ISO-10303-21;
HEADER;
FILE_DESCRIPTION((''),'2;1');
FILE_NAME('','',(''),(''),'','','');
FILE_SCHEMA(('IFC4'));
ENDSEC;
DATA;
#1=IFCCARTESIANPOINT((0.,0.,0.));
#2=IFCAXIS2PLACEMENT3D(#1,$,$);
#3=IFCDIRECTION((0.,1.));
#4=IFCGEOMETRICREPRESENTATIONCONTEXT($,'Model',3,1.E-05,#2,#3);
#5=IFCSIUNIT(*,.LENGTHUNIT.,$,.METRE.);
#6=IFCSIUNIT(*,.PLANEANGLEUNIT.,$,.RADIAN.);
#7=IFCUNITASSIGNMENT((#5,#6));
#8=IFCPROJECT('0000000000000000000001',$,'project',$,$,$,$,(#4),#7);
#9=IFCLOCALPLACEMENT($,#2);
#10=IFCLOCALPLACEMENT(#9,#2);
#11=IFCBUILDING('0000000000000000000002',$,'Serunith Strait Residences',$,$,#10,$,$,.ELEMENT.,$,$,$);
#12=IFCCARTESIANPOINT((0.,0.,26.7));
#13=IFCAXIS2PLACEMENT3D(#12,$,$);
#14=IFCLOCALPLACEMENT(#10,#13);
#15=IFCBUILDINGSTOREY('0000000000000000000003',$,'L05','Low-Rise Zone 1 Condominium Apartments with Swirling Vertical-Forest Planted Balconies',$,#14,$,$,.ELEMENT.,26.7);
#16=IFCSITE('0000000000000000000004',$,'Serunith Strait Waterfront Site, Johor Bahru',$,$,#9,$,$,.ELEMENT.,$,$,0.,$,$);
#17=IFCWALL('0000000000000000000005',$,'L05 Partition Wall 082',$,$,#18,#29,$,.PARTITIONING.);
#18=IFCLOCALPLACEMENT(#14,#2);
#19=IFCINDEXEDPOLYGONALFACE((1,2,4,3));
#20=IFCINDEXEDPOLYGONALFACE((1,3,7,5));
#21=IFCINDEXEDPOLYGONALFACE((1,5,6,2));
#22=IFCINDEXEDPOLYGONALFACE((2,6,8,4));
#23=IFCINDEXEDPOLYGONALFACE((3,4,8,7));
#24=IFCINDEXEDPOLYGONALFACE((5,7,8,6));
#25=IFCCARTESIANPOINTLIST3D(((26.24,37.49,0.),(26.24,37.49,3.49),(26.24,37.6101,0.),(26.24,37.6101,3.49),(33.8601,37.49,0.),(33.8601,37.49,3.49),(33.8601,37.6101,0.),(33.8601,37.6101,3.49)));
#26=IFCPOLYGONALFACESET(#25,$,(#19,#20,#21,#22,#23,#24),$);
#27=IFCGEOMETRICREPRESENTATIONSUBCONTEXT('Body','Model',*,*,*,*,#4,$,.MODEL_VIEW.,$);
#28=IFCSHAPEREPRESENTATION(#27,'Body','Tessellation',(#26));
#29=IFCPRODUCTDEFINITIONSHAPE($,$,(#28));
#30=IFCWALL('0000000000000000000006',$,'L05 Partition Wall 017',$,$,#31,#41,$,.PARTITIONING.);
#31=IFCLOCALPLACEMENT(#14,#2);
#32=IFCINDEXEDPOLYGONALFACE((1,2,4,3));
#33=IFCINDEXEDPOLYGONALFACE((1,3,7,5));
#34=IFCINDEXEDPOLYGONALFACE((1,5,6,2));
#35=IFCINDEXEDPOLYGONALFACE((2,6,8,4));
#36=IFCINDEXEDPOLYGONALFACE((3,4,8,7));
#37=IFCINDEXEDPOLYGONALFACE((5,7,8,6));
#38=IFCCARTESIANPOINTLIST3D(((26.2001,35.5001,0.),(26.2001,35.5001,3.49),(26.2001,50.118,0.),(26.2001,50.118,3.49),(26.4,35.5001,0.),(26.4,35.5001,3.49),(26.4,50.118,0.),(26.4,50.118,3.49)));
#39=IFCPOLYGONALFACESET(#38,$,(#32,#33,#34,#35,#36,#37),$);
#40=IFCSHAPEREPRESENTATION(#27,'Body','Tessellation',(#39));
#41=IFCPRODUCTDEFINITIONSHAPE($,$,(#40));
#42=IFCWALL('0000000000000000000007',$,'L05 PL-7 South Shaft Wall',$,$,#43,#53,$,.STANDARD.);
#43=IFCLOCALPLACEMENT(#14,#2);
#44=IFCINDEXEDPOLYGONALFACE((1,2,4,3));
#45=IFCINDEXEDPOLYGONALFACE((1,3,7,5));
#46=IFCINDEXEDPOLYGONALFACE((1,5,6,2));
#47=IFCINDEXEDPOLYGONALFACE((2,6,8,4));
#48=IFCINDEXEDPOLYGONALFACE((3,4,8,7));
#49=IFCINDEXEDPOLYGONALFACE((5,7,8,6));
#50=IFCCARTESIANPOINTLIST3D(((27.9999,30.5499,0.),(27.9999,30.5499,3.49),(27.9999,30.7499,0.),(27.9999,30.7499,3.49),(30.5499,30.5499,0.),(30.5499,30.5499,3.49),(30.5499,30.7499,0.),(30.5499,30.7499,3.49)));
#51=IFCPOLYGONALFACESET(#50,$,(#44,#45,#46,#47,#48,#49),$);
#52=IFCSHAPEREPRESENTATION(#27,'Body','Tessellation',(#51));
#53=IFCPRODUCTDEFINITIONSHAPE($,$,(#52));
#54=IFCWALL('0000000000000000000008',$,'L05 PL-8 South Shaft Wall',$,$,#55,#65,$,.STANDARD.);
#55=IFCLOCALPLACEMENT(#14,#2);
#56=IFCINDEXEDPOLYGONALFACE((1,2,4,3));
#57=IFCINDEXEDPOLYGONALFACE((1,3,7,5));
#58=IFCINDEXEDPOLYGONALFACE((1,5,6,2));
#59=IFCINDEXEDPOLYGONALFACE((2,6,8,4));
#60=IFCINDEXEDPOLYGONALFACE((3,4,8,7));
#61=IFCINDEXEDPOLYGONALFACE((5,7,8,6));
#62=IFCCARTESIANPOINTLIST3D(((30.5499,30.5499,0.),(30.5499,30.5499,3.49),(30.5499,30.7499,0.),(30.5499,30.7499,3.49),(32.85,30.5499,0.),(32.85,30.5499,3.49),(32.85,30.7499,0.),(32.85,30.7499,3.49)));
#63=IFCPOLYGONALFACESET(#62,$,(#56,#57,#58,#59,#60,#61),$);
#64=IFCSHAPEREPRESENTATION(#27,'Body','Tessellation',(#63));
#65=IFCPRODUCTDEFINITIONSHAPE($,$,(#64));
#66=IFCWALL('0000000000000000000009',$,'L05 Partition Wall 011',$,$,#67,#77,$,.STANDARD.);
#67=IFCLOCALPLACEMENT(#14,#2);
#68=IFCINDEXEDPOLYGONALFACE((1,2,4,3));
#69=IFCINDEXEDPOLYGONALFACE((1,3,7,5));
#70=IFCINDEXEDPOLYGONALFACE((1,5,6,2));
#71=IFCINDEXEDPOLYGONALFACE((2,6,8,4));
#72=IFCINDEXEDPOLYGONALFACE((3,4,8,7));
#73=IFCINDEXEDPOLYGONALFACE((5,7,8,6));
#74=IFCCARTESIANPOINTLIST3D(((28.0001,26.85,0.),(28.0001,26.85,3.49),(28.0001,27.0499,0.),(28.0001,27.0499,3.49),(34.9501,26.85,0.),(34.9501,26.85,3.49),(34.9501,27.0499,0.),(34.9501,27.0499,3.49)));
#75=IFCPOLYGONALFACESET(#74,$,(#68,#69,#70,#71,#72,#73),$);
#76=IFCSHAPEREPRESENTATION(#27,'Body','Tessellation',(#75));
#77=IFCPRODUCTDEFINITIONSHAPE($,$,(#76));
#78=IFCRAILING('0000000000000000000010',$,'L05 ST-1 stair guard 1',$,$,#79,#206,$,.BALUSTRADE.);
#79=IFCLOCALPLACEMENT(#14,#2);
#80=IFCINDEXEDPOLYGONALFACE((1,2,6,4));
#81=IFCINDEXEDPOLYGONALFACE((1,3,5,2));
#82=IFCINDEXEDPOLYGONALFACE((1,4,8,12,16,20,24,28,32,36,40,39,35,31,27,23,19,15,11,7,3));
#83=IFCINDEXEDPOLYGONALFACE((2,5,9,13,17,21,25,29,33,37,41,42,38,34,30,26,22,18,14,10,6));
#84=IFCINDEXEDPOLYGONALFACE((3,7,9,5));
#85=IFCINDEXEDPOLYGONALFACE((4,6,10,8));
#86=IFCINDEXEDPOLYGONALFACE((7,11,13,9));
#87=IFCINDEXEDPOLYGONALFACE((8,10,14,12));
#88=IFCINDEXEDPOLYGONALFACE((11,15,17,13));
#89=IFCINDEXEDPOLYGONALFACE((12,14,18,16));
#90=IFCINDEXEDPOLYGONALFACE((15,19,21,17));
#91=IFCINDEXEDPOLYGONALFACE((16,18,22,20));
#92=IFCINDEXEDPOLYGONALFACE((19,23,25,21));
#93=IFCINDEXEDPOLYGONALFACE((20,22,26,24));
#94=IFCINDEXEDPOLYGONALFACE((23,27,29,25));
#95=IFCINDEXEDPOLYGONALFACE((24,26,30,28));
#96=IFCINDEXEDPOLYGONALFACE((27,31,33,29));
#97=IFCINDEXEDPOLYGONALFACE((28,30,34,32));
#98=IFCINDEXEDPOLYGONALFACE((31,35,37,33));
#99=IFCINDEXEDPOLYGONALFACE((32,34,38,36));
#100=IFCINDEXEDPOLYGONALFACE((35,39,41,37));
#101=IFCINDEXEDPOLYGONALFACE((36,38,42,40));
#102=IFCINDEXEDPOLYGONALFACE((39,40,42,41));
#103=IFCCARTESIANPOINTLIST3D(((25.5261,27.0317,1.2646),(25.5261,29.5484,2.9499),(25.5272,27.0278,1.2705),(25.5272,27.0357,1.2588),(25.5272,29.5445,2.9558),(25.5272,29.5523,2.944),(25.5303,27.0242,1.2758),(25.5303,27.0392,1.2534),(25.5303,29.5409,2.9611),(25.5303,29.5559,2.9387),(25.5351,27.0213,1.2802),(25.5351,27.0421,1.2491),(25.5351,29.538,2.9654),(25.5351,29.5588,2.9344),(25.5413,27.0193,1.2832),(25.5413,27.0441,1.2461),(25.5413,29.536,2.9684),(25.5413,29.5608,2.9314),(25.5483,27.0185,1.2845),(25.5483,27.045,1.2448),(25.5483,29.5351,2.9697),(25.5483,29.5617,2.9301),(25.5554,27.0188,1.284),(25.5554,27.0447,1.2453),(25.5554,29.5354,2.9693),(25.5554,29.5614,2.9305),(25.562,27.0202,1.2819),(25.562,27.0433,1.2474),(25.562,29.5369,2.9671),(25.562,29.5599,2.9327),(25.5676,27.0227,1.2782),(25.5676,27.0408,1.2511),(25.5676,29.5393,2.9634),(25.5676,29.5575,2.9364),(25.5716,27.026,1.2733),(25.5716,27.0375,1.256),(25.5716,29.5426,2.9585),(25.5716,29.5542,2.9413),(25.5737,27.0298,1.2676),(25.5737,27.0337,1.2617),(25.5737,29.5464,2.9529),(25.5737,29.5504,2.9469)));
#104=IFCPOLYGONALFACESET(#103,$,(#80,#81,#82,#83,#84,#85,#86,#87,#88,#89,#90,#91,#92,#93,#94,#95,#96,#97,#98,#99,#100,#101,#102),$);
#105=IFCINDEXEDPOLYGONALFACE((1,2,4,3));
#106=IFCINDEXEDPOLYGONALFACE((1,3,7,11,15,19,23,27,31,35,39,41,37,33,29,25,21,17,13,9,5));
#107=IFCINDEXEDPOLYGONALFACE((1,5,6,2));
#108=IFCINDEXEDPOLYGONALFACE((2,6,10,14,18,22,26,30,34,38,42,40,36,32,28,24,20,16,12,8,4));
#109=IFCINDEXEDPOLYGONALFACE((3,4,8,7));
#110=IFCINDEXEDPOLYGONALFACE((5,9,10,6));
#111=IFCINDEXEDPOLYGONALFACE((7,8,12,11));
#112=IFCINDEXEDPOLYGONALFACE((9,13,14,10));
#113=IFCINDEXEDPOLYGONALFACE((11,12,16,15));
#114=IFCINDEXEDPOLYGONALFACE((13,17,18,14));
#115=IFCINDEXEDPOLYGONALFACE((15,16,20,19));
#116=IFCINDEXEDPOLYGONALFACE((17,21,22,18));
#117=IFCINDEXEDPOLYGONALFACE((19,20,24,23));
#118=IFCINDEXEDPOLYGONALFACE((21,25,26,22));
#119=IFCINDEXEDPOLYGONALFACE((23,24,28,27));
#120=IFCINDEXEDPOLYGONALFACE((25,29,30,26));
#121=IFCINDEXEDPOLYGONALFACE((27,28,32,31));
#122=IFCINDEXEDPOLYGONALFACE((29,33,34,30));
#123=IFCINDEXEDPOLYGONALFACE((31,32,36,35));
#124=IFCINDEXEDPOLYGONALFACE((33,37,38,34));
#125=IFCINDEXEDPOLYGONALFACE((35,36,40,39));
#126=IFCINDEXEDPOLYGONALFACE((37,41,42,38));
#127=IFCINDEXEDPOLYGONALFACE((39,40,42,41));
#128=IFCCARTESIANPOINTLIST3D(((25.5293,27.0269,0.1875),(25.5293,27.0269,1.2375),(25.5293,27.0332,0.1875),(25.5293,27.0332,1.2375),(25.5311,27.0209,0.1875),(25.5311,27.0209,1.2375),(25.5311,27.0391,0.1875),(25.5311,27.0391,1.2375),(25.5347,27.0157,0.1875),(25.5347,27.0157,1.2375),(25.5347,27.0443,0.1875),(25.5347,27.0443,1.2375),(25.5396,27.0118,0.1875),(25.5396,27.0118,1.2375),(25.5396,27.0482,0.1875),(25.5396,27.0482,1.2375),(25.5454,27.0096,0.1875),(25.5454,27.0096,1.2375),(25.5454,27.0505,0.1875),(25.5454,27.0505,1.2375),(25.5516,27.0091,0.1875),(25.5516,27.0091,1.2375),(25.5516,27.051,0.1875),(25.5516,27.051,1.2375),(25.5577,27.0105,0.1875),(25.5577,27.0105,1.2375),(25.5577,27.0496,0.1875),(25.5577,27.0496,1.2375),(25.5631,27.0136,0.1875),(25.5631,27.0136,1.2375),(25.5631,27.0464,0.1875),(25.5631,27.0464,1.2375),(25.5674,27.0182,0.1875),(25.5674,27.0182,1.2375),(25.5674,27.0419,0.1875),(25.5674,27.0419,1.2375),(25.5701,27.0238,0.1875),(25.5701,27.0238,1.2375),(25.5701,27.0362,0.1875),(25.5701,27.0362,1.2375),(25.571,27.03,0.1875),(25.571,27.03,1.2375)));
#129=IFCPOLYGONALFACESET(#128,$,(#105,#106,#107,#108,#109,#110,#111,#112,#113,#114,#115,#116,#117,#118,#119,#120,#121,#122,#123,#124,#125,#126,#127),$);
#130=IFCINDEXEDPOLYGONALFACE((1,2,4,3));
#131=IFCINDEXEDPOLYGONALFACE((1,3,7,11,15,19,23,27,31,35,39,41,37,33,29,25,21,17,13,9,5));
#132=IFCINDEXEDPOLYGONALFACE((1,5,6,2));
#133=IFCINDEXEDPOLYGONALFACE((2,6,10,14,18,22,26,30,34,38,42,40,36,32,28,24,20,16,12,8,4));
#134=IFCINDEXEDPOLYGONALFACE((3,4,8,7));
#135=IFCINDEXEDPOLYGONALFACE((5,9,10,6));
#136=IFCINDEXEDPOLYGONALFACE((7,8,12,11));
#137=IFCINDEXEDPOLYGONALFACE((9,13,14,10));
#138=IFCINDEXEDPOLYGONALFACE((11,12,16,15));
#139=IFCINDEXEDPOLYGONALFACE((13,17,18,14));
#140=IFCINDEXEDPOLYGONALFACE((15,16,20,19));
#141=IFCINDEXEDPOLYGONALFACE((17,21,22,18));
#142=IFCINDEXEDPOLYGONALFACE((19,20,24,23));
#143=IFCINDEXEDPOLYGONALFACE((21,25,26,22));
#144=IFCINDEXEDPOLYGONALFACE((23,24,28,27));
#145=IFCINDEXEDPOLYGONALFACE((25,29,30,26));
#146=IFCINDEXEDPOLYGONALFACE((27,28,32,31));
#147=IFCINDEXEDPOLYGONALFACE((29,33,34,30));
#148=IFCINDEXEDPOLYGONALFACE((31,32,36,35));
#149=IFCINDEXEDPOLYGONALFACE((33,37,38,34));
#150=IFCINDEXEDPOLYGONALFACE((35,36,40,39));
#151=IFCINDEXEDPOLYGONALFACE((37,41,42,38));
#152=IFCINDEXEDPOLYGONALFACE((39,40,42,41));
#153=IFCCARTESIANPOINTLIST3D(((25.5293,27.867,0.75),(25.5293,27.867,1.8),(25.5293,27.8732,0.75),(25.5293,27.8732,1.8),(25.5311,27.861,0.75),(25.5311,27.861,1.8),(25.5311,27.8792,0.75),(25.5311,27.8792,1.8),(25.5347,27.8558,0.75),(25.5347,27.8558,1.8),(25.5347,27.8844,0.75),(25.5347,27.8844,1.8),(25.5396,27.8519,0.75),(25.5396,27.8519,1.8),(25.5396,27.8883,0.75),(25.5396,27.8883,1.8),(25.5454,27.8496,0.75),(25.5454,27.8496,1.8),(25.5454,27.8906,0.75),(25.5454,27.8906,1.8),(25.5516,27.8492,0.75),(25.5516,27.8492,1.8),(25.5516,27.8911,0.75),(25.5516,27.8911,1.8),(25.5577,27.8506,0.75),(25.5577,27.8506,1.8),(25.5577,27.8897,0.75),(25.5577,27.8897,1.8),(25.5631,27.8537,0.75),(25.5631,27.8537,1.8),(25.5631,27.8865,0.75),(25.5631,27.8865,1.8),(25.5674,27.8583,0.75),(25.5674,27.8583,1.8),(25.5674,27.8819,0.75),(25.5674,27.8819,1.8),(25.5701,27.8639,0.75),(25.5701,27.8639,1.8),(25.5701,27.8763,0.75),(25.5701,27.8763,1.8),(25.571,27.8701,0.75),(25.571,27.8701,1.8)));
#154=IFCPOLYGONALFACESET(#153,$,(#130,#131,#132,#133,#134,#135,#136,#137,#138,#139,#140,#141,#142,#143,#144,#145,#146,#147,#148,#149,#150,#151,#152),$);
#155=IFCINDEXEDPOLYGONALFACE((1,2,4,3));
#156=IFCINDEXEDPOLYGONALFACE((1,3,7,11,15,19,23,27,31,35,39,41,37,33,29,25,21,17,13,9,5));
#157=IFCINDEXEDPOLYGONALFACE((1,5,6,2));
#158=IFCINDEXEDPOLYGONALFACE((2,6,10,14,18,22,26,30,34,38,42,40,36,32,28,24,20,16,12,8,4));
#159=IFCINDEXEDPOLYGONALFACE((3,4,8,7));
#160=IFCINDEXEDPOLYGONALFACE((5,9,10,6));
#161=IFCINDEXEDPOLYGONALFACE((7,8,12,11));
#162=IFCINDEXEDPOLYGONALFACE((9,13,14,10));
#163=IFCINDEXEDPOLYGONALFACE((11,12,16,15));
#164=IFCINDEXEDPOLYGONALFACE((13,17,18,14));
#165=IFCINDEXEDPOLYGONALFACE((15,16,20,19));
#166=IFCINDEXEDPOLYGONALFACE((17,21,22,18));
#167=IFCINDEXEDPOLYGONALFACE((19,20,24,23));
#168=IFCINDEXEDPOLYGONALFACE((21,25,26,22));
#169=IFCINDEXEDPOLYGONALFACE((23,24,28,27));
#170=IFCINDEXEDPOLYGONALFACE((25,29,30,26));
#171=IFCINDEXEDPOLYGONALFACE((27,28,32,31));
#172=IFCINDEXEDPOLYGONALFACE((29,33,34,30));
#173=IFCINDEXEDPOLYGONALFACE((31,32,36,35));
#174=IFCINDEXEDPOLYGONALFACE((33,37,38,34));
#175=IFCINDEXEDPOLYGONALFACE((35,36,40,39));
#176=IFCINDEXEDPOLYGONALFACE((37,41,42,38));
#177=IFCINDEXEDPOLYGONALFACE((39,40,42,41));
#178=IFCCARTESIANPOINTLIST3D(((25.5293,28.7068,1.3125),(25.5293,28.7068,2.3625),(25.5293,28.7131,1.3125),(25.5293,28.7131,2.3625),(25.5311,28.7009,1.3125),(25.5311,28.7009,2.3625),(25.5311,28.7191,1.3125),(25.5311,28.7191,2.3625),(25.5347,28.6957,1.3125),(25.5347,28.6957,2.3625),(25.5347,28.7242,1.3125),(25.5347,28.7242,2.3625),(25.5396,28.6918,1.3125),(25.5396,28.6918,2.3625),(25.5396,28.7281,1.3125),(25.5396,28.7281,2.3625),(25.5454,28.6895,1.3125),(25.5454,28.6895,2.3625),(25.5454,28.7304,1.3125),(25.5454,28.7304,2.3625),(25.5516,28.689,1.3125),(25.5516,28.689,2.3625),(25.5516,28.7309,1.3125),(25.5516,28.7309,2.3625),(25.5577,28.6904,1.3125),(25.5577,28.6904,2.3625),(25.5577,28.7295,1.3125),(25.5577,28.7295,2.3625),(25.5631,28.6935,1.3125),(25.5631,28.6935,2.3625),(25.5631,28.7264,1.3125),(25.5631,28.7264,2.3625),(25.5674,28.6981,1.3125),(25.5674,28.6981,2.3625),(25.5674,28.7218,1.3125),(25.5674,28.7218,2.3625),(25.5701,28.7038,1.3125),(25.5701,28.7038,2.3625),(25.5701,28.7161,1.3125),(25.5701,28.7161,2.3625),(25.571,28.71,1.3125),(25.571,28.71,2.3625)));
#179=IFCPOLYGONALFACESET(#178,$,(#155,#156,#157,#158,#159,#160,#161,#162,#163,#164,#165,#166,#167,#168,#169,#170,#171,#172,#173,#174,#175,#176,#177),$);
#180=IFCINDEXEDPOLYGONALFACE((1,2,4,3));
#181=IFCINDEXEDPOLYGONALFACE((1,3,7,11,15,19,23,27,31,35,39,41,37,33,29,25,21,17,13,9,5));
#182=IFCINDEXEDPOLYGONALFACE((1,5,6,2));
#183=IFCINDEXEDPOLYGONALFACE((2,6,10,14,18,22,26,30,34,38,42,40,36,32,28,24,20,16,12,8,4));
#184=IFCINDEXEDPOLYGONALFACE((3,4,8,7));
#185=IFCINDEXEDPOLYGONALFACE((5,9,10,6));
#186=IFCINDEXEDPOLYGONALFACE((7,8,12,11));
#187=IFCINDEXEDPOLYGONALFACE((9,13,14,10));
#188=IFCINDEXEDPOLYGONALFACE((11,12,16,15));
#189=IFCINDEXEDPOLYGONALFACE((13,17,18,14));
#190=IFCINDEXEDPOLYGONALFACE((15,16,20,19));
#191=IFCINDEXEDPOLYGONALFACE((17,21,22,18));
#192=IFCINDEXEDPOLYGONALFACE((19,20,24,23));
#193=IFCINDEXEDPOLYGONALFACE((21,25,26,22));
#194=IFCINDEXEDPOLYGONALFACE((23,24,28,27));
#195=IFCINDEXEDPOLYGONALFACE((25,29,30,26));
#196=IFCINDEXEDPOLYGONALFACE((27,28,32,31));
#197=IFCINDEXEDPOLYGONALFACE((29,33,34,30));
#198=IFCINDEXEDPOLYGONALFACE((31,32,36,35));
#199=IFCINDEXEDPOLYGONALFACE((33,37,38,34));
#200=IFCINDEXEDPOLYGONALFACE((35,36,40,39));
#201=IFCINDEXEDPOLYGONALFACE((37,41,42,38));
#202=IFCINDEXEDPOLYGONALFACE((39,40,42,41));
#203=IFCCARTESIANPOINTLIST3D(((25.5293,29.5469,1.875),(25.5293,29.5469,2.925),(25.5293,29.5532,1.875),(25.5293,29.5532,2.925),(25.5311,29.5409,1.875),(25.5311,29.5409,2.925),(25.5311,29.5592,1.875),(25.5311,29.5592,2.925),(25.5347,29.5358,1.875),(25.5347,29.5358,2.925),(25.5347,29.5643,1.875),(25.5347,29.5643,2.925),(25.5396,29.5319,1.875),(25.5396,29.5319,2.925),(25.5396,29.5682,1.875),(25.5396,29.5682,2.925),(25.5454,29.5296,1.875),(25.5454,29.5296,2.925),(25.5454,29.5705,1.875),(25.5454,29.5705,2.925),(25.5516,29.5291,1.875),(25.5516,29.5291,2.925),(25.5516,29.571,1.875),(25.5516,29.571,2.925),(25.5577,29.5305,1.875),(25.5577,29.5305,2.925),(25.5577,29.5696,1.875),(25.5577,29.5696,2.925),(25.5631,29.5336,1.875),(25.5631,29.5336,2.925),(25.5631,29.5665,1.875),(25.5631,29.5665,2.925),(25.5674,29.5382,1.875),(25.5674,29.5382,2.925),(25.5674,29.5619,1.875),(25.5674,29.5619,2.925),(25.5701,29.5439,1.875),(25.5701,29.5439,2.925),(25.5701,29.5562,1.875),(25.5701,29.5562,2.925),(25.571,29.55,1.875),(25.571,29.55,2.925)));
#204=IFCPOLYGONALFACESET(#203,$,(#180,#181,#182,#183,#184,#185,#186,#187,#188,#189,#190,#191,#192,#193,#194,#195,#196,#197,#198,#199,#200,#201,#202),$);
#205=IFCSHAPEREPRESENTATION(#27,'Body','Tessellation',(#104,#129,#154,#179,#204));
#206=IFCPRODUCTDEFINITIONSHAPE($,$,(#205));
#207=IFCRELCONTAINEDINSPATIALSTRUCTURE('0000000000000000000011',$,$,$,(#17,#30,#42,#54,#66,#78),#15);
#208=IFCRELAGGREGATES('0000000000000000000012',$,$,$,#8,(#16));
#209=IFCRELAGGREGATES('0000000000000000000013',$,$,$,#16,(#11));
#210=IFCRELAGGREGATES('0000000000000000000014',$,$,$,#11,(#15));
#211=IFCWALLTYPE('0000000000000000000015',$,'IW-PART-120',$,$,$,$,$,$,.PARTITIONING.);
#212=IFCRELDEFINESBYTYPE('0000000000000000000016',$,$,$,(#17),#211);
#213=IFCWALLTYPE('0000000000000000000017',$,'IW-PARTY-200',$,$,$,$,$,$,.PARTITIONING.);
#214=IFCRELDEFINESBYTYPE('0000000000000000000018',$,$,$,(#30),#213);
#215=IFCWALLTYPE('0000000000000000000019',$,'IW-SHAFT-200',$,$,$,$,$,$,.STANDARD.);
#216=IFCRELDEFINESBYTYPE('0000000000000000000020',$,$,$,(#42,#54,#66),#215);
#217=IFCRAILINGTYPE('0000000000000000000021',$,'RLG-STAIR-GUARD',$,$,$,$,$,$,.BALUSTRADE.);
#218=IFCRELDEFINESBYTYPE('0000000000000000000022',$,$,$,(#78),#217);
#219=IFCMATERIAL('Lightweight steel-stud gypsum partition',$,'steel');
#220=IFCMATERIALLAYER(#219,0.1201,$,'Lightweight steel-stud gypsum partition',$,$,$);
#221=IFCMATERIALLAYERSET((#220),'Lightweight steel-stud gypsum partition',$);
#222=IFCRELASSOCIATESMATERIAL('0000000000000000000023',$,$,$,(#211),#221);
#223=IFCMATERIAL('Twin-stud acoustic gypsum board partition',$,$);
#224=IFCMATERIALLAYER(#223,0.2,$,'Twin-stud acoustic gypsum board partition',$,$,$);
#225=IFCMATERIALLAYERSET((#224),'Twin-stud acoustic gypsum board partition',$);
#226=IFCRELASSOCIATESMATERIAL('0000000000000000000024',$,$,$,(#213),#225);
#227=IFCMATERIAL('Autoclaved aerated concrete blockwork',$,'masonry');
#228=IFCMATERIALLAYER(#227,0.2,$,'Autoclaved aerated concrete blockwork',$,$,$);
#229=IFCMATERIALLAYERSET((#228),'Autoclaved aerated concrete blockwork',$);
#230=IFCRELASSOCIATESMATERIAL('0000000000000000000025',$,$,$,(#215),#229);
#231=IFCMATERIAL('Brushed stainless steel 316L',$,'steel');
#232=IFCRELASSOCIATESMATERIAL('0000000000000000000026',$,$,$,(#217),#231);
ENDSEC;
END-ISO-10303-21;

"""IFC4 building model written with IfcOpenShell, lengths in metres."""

from ifc_helpers import new_model, si_unit, direction, frame, frame_2d, origin, origin_2d, place, context, subcontext, project, spatial, rectangle, circle, extrude, material, layer, layer_set, type_object, element, save


model = new_model("IFC4")

# Units and contexts
model_context = context("Model", 3, precision=1e-05, world=origin(), true_north=direction((0.0, 1.0)))
body_context = subcontext(model_context, "Body", "Model", "MODEL_VIEW")
ifc_project = project(units=[si_unit("LENGTHUNIT", "METRE"), si_unit("PLANEANGLEUNIT", "RADIAN")], contexts=[model_context])

# Site, building, storey
site_placement = place(None, origin())
site = spatial("IfcSite", under=ifc_project, at=site_placement, Name="Serunith Strait Waterfront Site, Johor Bahru", CompositionType="ELEMENT", RefElevation=0.0)
building_placement = place(site_placement, origin())
building = spatial("IfcBuilding", under=site, at=building_placement, Name="Serunith Strait Residences", CompositionType="ELEMENT")
storey_placement = place(building_placement, frame((0.0, 0.0, 26.7)))
storey = spatial("IfcBuildingStorey", under=building, at=storey_placement, Name="L05", Description="Low-Rise Zone 1 Condominium Apartments with Swirling Vertical-Forest Planted Balconies", CompositionType="ELEMENT", Elevation=26.7)

# Walls
ifc_material_1 = material(Name="Lightweight steel-stud gypsum partition", Category="steel")
ifc_layer_1 = layer(ifc_material_1, 0.1201, Name="Lightweight steel-stud gypsum partition")
ifc_layer_set_1 = layer_set([ifc_layer_1], Name="Lightweight steel-stud gypsum partition")
wall_type_1 = type_object("IfcWallType", Name="IW-PART-120", PredefinedType="PARTITIONING", material=ifc_layer_set_1)
wall_1_placement = place(storey_placement, frame((26.24, 37.55, 0.0), z_axis=(0.0, 0.0, 1.0), x_axis=(1.0, 0.0, 0.0)))
element("IfcWall", 1, at=wall_1_placement, inside=storey, type_object=wall_type_1, Name="L05 Partition Wall 082", PredefinedType="PARTITIONING", context=body_context, shape_type="SweptSolid", body=[
    extrude(rectangle(XDim=7.6201, YDim=0.1201, at=frame_2d((3.8101, 0.0))), origin(), (0.0, 0.0, 1.0), 3.49),
])
ifc_material_2 = material(Name="Twin-stud acoustic gypsum board partition")
ifc_layer_2 = layer(ifc_material_2, 0.2, Name="Twin-stud acoustic gypsum board partition")
ifc_layer_set_2 = layer_set([ifc_layer_2], Name="Twin-stud acoustic gypsum board partition")
wall_type_2 = type_object("IfcWallType", Name="IW-PARTY-200", PredefinedType="PARTITIONING", material=ifc_layer_set_2)
wall_2_placement = place(storey_placement, frame((26.3, 35.5, 0.0), z_axis=(0.0, 0.0, 1.0), x_axis=(0.0, 1.0, 0.0)))
element("IfcWall", 2, at=wall_2_placement, inside=storey, type_object=wall_type_2, Name="L05 Partition Wall 017", PredefinedType="PARTITIONING", context=body_context, shape_type="SweptSolid", body=[
    extrude(rectangle(XDim=14.6179, YDim=0.2, at=frame_2d((7.3091, 0.0))), origin(), (0.0, 0.0, 1.0), 3.49),
])
ifc_material_3 = material(Name="Autoclaved aerated concrete blockwork", Category="masonry")
ifc_layer_3 = layer(ifc_material_3, 0.2, Name="Autoclaved aerated concrete blockwork")
ifc_layer_set_3 = layer_set([ifc_layer_3], Name="Autoclaved aerated concrete blockwork")
wall_type_3 = type_object("IfcWallType", Name="IW-SHAFT-200", PredefinedType="STANDARD", material=ifc_layer_set_3)
wall_3_placement = place(storey_placement, frame((28.0, 30.6499, 0.0), z_axis=(0.0, 0.0, 1.0), x_axis=(1.0, 0.0, 0.0)))
element("IfcWall", 3, at=wall_3_placement, inside=storey, type_object=wall_type_3, Name="L05 PL-7 South Shaft Wall", PredefinedType="STANDARD", context=body_context, shape_type="SweptSolid", body=[
    extrude(rectangle(XDim=2.55, YDim=0.2, at=frame_2d((1.2749, 0.0))), origin(), (0.0, 0.0, 1.0), 3.49),
])
wall_4_placement = place(storey_placement, frame((30.55, 30.6499, 0.0), z_axis=(0.0, 0.0, 1.0), x_axis=(1.0, 0.0, 0.0)))
element("IfcWall", 4, at=wall_4_placement, inside=storey, type_object=wall_type_3, Name="L05 PL-8 South Shaft Wall", PredefinedType="STANDARD", context=body_context, shape_type="SweptSolid", body=[
    extrude(rectangle(XDim=2.3, YDim=0.2, at=frame_2d((1.1499, 0.0))), origin(), (0.0, 0.0, 1.0), 3.49),
])
wall_5_placement = place(storey_placement, frame((28.0, 26.95, 0.0), z_axis=(0.0, 0.0, 1.0), x_axis=(1.0, 0.0, 0.0)))
element("IfcWall", 5, at=wall_5_placement, inside=storey, type_object=wall_type_3, Name="L05 Partition Wall 011", PredefinedType="STANDARD", context=body_context, shape_type="SweptSolid", body=[
    extrude(rectangle(XDim=6.95, YDim=0.2, at=frame_2d((3.4751, 0.0))), origin(), (0.0, 0.0, 1.0), 3.49),
])

# Railing
ifc_material_4 = material(Name="Brushed stainless steel 316L", Category="steel")
railing_type_1 = type_object("IfcRailingType", Name="RLG-STAIR-GUARD", PredefinedType="BALUSTRADE", material=ifc_material_4)
railing_1_placement = place(storey_placement, frame((25.55, 27.03, 0.1875)))
element("IfcRailing", 6, at=railing_1_placement, inside=storey, type_object=railing_type_1, Name="L05 ST-1 stair guard 1", PredefinedType="BALUSTRADE", context=body_context, shape_type="SweptSolid", body=[
    extrude(circle(Radius=0.0239, at=origin_2d()), frame((0.0, 0.0017, 1.0771), z_axis=(0.0, 0.830909, 0.556408), x_axis=(-1.0, 0.0, 0.0)), (0.0, 0.0, 1.0), 3.0288),
    extrude(circle(Radius=0.021, at=origin_2d()), origin(), (0.0, 0.0, 1.0), 1.05),
    extrude(circle(Radius=0.021, at=origin_2d()), frame((0.0, 0.8401, 0.5625)), (0.0, 0.0, 1.0), 1.05),
    extrude(circle(Radius=0.021, at=origin_2d()), frame((0.0, 1.6799, 1.125)), (0.0, 0.0, 1.0), 1.05),
    extrude(circle(Radius=0.021, at=origin_2d()), frame((0.0, 2.52, 1.6875)), (0.0, 0.0, 1.0), 1.05),
])

save(model, "model.ifc")
